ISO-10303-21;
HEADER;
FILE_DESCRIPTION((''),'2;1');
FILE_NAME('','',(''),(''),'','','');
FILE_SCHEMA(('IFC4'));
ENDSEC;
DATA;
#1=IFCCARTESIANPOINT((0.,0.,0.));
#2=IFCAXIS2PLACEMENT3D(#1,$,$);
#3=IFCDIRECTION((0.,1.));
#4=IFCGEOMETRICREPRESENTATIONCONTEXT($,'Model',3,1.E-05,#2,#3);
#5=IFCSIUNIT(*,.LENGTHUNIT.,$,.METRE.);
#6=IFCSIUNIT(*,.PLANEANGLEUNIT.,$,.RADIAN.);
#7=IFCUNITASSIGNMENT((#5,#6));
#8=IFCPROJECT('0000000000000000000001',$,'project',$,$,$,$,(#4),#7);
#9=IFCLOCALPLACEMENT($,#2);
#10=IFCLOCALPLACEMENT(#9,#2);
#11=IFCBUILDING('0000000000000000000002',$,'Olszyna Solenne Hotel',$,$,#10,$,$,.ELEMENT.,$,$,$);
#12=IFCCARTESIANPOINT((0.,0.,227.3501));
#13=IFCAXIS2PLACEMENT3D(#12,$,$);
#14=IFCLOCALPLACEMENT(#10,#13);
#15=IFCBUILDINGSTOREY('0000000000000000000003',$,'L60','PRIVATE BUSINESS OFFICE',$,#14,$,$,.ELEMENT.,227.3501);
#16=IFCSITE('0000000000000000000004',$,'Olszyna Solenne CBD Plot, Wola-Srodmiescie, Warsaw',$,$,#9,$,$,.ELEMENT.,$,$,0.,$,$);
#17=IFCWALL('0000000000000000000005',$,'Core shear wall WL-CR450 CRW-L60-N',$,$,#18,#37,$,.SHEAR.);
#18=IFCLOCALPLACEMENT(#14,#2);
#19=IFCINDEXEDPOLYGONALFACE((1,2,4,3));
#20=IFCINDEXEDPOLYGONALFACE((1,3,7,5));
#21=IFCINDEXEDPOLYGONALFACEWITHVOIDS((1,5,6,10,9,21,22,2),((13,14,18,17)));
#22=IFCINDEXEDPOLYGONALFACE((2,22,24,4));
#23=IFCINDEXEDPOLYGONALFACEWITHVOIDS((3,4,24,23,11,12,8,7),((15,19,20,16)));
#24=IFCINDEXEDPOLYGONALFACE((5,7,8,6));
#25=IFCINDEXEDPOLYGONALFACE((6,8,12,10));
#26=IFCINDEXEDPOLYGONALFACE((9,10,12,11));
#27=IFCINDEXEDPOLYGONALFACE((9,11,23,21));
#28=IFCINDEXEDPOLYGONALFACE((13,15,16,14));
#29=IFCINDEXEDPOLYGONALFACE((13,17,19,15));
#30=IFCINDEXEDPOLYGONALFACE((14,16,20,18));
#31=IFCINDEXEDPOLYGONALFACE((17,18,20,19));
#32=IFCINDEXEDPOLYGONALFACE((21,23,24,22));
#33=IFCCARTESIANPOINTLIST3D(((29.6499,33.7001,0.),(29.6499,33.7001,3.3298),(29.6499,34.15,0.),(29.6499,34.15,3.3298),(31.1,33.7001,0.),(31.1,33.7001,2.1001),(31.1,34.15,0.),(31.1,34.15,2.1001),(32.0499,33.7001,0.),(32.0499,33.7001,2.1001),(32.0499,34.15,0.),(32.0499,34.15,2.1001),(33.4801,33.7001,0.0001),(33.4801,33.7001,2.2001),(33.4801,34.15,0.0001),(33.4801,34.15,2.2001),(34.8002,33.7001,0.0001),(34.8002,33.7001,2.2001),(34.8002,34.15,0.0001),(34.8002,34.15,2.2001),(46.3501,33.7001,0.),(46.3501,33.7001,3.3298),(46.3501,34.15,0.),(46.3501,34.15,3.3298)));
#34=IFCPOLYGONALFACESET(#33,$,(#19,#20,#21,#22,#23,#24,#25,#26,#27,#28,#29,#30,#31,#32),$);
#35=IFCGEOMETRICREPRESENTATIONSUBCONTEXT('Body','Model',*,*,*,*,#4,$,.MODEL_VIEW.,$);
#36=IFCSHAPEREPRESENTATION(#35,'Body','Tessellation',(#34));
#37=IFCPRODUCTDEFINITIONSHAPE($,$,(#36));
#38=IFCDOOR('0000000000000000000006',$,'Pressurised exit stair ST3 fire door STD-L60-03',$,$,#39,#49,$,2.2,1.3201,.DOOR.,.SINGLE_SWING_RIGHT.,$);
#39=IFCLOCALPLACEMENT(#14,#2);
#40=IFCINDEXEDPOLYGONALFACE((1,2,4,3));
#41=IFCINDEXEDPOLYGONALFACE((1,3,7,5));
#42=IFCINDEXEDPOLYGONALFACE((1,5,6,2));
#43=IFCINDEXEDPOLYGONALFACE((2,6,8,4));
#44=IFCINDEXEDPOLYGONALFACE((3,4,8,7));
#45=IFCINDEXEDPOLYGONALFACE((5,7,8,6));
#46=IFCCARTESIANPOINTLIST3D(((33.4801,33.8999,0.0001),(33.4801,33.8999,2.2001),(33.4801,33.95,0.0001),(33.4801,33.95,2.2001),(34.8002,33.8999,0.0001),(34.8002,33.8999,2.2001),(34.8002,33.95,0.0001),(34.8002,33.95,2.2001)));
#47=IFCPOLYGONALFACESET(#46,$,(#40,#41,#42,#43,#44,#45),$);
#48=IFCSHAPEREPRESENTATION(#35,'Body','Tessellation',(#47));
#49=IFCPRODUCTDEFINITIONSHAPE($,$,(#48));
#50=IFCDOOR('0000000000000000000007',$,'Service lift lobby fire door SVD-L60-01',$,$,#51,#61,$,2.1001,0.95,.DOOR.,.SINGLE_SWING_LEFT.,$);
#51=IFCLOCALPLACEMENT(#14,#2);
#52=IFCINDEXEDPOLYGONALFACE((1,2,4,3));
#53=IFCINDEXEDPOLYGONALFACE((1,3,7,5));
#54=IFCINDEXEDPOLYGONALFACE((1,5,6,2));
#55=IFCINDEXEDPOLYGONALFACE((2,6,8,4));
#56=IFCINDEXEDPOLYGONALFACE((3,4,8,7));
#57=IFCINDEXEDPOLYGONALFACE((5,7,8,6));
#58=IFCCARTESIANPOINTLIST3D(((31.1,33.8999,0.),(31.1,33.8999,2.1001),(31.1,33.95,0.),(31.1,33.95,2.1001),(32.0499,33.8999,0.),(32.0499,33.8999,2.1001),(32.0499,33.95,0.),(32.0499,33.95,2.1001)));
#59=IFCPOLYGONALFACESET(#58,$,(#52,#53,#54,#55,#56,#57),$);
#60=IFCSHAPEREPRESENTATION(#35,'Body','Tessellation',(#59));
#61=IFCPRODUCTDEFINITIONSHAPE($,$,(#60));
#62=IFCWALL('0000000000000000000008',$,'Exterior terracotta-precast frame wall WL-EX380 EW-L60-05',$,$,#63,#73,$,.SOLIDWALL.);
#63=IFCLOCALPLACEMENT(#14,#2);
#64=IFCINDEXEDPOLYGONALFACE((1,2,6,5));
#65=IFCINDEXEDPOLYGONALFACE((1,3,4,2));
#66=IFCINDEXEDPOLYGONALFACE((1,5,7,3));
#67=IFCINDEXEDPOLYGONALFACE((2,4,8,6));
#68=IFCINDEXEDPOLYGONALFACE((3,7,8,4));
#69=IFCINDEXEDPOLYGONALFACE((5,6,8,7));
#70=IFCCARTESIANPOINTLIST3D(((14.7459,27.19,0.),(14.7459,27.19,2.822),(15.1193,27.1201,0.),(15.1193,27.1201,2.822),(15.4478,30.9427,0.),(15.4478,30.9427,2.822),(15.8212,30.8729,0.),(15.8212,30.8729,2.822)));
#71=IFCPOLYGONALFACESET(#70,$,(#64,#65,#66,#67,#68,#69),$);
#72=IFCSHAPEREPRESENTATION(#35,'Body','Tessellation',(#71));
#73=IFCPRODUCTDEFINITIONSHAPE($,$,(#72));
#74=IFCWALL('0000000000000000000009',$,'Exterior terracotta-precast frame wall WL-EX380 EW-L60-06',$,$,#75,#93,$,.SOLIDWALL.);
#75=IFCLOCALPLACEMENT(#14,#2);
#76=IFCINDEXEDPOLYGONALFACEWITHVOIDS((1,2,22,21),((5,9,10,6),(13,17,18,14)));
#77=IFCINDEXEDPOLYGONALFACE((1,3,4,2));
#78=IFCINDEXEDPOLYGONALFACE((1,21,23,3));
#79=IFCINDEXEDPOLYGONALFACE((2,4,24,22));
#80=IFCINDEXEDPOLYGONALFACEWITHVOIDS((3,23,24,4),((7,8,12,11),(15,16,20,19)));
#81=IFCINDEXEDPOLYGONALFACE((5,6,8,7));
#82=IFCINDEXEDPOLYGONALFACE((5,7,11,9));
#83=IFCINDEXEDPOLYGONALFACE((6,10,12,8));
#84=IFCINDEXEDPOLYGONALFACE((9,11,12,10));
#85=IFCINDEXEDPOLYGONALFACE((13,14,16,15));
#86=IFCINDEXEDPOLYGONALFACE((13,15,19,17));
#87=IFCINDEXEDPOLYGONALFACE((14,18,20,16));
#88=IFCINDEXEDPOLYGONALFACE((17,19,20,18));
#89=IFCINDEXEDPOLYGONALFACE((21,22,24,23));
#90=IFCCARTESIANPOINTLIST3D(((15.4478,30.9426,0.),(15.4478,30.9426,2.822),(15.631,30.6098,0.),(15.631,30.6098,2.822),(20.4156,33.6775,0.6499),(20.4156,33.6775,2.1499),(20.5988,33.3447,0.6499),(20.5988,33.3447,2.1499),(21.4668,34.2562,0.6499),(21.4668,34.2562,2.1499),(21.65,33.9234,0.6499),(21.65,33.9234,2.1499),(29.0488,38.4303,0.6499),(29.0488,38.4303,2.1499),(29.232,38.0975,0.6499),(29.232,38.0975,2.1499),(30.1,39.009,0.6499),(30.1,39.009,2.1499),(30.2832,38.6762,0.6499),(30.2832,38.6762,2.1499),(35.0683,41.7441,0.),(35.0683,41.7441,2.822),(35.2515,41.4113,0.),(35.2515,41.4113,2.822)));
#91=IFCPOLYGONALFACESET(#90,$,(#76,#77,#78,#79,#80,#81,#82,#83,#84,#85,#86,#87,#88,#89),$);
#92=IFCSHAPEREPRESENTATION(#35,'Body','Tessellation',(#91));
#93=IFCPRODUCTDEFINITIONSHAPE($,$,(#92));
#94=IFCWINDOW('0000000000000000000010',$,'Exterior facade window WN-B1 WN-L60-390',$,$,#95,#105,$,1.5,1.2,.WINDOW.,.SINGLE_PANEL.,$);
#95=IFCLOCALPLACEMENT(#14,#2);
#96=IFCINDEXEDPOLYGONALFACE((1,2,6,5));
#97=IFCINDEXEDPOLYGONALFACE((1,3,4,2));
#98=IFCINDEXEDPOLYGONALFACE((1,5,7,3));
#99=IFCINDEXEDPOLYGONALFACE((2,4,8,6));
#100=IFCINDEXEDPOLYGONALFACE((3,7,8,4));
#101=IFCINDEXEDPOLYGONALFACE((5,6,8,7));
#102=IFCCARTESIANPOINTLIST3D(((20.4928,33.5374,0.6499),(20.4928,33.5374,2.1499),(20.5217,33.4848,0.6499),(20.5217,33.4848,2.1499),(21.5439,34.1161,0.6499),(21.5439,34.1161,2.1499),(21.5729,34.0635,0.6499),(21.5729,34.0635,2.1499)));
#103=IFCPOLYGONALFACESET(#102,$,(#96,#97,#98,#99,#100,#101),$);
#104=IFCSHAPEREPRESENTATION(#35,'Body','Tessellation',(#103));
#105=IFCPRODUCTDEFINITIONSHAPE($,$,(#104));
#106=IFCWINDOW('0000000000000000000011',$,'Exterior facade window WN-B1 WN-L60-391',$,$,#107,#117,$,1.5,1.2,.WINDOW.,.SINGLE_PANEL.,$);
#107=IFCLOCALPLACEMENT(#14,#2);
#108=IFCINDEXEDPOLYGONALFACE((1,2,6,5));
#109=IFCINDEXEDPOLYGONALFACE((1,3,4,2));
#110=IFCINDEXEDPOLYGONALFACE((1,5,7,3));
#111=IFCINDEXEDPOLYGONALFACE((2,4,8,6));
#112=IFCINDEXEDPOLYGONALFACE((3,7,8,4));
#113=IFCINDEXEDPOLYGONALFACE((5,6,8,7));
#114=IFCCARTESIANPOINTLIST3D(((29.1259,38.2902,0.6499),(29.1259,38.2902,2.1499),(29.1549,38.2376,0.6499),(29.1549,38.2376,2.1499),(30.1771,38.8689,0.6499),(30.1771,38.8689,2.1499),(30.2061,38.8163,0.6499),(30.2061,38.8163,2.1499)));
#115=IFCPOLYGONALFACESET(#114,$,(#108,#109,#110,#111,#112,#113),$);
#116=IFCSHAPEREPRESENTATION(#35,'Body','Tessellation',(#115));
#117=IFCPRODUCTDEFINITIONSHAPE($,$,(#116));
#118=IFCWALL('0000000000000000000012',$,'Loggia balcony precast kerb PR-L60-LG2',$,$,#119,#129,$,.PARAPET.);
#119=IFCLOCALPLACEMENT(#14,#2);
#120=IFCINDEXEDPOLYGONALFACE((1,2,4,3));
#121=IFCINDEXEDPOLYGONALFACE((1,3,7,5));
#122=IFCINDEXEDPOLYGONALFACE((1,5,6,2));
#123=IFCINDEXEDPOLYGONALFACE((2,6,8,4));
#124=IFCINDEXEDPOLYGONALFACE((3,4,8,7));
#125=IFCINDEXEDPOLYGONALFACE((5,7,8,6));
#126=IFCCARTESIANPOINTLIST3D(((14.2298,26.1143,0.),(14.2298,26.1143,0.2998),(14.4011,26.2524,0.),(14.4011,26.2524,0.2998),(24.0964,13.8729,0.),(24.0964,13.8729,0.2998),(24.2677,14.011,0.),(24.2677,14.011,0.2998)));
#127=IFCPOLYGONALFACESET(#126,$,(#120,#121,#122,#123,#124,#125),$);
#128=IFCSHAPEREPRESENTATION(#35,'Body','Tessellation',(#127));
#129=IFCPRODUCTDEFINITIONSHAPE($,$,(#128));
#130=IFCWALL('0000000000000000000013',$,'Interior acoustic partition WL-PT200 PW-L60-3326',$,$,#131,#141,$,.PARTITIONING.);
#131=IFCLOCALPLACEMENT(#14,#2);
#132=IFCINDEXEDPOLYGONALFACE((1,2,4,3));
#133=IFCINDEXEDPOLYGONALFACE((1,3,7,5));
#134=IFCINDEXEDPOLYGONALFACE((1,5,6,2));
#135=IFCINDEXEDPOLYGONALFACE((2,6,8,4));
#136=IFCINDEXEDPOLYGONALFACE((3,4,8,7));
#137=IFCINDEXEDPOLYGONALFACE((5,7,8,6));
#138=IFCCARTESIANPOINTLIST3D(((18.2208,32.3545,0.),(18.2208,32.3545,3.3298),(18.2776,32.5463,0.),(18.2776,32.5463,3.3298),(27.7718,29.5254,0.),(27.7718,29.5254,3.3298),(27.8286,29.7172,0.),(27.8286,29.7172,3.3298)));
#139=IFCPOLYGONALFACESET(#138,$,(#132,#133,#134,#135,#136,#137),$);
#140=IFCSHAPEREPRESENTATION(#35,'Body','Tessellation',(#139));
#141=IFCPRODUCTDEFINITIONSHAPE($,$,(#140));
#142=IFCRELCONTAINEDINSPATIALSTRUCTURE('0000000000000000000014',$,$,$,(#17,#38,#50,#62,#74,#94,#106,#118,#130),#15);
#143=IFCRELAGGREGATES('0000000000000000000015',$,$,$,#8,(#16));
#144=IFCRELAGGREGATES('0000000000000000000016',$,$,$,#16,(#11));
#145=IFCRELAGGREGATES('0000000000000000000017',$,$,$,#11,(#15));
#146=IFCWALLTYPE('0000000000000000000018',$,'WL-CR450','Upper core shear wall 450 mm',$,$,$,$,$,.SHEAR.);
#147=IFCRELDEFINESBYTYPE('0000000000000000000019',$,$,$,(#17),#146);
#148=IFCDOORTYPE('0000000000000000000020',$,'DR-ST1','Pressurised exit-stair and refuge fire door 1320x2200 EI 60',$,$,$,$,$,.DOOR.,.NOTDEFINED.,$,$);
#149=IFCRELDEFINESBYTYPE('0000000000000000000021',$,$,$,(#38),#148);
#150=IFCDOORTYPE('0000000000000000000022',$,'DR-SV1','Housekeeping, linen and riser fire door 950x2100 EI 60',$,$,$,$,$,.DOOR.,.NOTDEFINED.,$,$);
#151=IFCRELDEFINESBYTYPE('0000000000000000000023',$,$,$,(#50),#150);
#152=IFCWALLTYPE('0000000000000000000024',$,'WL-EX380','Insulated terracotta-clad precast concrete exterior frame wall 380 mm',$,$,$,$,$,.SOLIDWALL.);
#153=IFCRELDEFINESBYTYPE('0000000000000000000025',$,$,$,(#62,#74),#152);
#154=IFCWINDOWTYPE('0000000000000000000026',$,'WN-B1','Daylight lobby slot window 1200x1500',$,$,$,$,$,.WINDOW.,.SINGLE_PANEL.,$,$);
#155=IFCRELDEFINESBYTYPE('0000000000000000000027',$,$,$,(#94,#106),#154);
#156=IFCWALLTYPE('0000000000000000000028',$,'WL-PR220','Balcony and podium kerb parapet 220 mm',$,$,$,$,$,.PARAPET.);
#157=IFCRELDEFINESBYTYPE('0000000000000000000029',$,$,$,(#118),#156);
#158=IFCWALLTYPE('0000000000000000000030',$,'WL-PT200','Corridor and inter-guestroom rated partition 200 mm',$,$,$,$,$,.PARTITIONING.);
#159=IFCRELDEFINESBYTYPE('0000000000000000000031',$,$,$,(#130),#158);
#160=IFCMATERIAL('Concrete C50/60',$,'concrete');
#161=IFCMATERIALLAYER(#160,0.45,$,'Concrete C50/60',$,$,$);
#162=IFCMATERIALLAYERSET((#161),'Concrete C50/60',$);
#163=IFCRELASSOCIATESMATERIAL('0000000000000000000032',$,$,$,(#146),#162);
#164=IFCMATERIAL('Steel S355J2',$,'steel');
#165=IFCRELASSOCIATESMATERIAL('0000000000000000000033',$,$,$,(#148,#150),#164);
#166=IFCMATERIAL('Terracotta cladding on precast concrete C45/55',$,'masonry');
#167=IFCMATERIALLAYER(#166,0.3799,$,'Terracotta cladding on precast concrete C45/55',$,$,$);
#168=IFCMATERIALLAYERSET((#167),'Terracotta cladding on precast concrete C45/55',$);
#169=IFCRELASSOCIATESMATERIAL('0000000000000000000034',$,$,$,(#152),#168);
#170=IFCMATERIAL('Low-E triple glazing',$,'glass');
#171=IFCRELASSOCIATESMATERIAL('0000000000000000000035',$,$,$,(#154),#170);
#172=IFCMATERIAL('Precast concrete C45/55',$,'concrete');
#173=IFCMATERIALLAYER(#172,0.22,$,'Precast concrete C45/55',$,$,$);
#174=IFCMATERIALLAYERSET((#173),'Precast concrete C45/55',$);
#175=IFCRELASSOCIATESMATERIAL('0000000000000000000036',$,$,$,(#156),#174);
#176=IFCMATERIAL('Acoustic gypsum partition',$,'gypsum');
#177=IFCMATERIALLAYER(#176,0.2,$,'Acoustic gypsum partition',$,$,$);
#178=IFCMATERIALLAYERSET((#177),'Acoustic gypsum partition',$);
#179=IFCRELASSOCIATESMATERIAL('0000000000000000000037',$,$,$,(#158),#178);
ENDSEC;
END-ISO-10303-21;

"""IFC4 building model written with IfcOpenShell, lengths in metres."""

from ifc_helpers import new_model, si_unit, direction, frame, frame_2d, origin, place, context, subcontext, project, spatial, rectangle, extrude, source, transform, mapped, material, layer, layer_set, type_object, type_shapes, element, fill, save


model = new_model("IFC4")

# Units and contexts
model_context = context("Model", 3, precision=1e-05, world=origin(), true_north=direction((0.0, 1.0)))
body_context = subcontext(model_context, "Body", "Model", "MODEL_VIEW")
ifc_project = project(units=[si_unit("LENGTHUNIT", "METRE"), si_unit("PLANEANGLEUNIT", "RADIAN")], contexts=[model_context])

# Site, building, storey
site_placement = place(None, origin())
site = spatial("IfcSite", under=ifc_project, at=site_placement, Name="Olszyna Solenne CBD Plot, Wola-Srodmiescie, Warsaw", CompositionType="ELEMENT", RefElevation=0.0)
building_placement = place(site_placement, origin())
building = spatial("IfcBuilding", under=site, at=building_placement, Name="Olszyna Solenne Hotel", CompositionType="ELEMENT")
storey_placement = place(building_placement, frame((0.0, 0.0, 227.3501)))
storey = spatial("IfcBuildingStorey", under=building, at=storey_placement, Name="L60", Description="PRIVATE BUSINESS OFFICE", CompositionType="ELEMENT", Elevation=227.3501)

# Shared definitions
ifc_material_1 = material(Name="Steel S355J2", Category="steel")

# Wall, openings, doors
ifc_material_2 = material(Name="Concrete C50/60", Category="concrete")
ifc_layer_1 = layer(ifc_material_2, 0.45, Name="Concrete C50/60")
ifc_layer_set_1 = layer_set([ifc_layer_1], Name="Concrete C50/60")
wall_type_1 = type_object("IfcWallType", Name="WL-CR450", Description="Upper core shear wall 450 mm", PredefinedType="SHEAR", material=ifc_layer_set_1)
wall_1_placement = place(storey_placement, frame((29.6499, 33.925, 0.0), z_axis=(0.0, 0.0, 1.0), x_axis=(1.0, 0.0, 0.0)))
wall_1 = element("IfcWall", 1, at=wall_1_placement, inside=storey, type_object=wall_type_1, Name="Core shear wall WL-CR450 CRW-L60-N", PredefinedType="SHEAR", context=body_context, shape_type="SweptSolid", body=[
    extrude(rectangle(XDim=16.7002, YDim=0.45, at=frame_2d((8.3501, 0.0))), origin(), (0.0, 0.0, 1.0), 3.3298),
])
opening_1_placement = place(wall_1_placement, frame((1.45, 0.0, 0.0)))
opening_1 = element("IfcOpeningElement", 2, at=opening_1_placement, cuts=wall_1, PredefinedType="OPENING", context=body_context, shape_type="SweptSolid", body=[
    extrude(rectangle(XDim=0.95, YDim=2.1001, at=frame_2d((0.4751, 1.05))), frame((0.0, 0.2349, 0.0), z_axis=(0.0, -1.0, 0.0), x_axis=(1.0, 0.0, 0.0)), (0.0, 0.0, 1.0), 0.47),
])
opening_2_placement = place(wall_1_placement, frame((3.8301, 0.0, 0.0)))
opening_2 = element("IfcOpeningElement", 3, at=opening_2_placement, cuts=wall_1, PredefinedType="OPENING", context=body_context, shape_type="SweptSolid", body=[
    extrude(rectangle(XDim=1.3201, YDim=2.2, at=frame_2d((0.6602, 1.1001))), frame((0.0, 0.2349, 0.0), z_axis=(0.0, -1.0, 0.0), x_axis=(1.0, 0.0, 0.0)), (0.0, 0.0, 1.0), 0.47),
])
door_type_1 = type_object("IfcDoorType", Name="DR-ST1", Description="Pressurised exit-stair and refuge fire door 1320x2200 EI 60", OperationType="NOTDEFINED", PredefinedType="DOOR", material=ifc_material_1)
shared_shape_1 = source(origin(), body_context, "Body", "SweptSolid", [
    extrude(rectangle(XDim=1.3201, YDim=2.2, at=frame_2d((0.6602, 1.1001))), frame((0.0, 0.0249, 0.0), z_axis=(0.0, -1.0, 0.0), x_axis=(1.0, 0.0, 0.0)), (0.0, 0.0, 1.0), 0.05),
])
type_shapes(door_type_1, [shared_shape_1])
door_1_placement = place(opening_2_placement, origin())
door_1 = element("IfcDoor", 4, at=door_1_placement, inside=storey, type_object=door_type_1, Name="Pressurised exit stair ST3 fire door STD-L60-03", OperationType="SINGLE_SWING_RIGHT", OverallHeight=2.2, OverallWidth=1.3201, PredefinedType="DOOR", context=body_context, shape_type="MappedRepresentation", body=[
    mapped(shared_shape_1, transform((0.0, 0.0, 0.0), x_axis=(1.0, 0.0, 0.0), y_axis=(0.0, 1.0, 0.0), z_axis=(0.0, 0.0, 1.0), scale=1.0)),
])
fill(opening_2, door_1)
door_type_2 = type_object("IfcDoorType", Name="DR-SV1", Description="Housekeeping, linen and riser fire door 950x2100 EI 60", OperationType="NOTDEFINED", PredefinedType="DOOR", material=ifc_material_1)
shared_shape_2 = source(origin(), body_context, "Body", "SweptSolid", [
    extrude(rectangle(XDim=0.95, YDim=2.1001, at=frame_2d((0.4751, 1.05))), frame((0.0, 0.0249, 0.0), z_axis=(0.0, -1.0, 0.0), x_axis=(1.0, 0.0, 0.0)), (0.0, 0.0, 1.0), 0.05),
])
type_shapes(door_type_2, [shared_shape_2])
door_2_placement = place(opening_1_placement, origin())
door_2 = element("IfcDoor", 5, at=door_2_placement, inside=storey, type_object=door_type_2, Name="Service lift lobby fire door SVD-L60-01", OperationType="SINGLE_SWING_LEFT", OverallHeight=2.1001, OverallWidth=0.95, PredefinedType="DOOR", context=body_context, shape_type="MappedRepresentation", body=[
    mapped(shared_shape_2, transform((0.0, 0.0, 0.0), x_axis=(1.0, 0.0, 0.0), y_axis=(0.0, 1.0, 0.0), z_axis=(0.0, 0.0, 1.0), scale=1.0)),
])
fill(opening_1, door_2)

# Wall
ifc_material_3 = material(Name="Terracotta cladding on precast concrete C45/55", Category="masonry")
ifc_layer_2 = layer(ifc_material_3, 0.3799, Name="Terracotta cladding on precast concrete C45/55")
ifc_layer_set_2 = layer_set([ifc_layer_2], Name="Terracotta cladding on precast concrete C45/55")
wall_type_2 = type_object("IfcWallType", Name="WL-EX380", Description="Insulated terracotta-clad precast concrete exterior frame wall 380 mm", PredefinedType="SOLIDWALL", material=ifc_layer_set_2)
wall_2_placement = place(storey_placement, frame((14.9326, 27.155, 0.0), z_axis=(0.0, 0.0, 1.0), x_axis=(0.183852, 0.982954, 0.0)))
element("IfcWall", 6, at=wall_2_placement, inside=storey, type_object=wall_type_2, Name="Exterior terracotta-precast frame wall WL-EX380 EW-L60-05", PredefinedType="SOLIDWALL", context=body_context, shape_type="SweptSolid", body=[
    extrude(rectangle(XDim=3.8179, YDim=0.3799, at=frame_2d((1.9089, 0.0))), origin(), (0.0, 0.0, 1.0), 2.822),
])

# Wall, openings, windows
wall_3_placement = place(storey_placement, frame((15.5393, 30.7761, 0.0), z_axis=(0.0, 0.0, 1.0), x_axis=(0.876021, 0.482272, 0.0)))
wall_3 = element("IfcWall", 7, at=wall_3_placement, inside=storey, type_object=wall_type_2, Name="Exterior terracotta-precast frame wall WL-EX380 EW-L60-06", PredefinedType="SOLIDWALL", context=body_context, shape_type="SweptSolid", body=[
    extrude(rectangle(XDim=22.3972, YDim=0.3799, at=frame_2d((11.1987, 0.0))), origin(), (0.0, 0.0, 1.0), 2.822),
])
opening_3_placement = place(wall_3_placement, frame((5.6709, 0.0, 0.6499)))
opening_3 = element("IfcOpeningElement", 8, at=opening_3_placement, cuts=wall_3, PredefinedType="OPENING", context=body_context, shape_type="SweptSolid", body=[
    extrude(rectangle(XDim=1.2, YDim=1.5, at=frame_2d((0.6001, 0.75))), frame((0.0, 0.2, 0.0), z_axis=(0.0, -1.0, 0.0), x_axis=(1.0, 0.0, 0.0)), (0.0, 0.0, 1.0), 0.3999),
])
opening_4_placement = place(wall_3_placement, frame((15.5259, 0.0, 0.6499)))
opening_4 = element("IfcOpeningElement", 9, at=opening_4_placement, cuts=wall_3, PredefinedType="OPENING", context=body_context, shape_type="SweptSolid", body=[
    extrude(rectangle(XDim=1.2, YDim=1.5, at=frame_2d((0.6001, 0.75))), frame((0.0, 0.2, 0.0), z_axis=(0.0, -1.0, 0.0), x_axis=(1.0, 0.0, 0.0)), (0.0, 0.0, 1.0), 0.3999),
])
ifc_material_4 = material(Name="Low-E triple glazing", Category="glass")
window_type = type_object("IfcWindowType", Name="WN-B1", Description="Daylight lobby slot window 1200x1500", PartitioningType="SINGLE_PANEL", PredefinedType="WINDOW", material=ifc_material_4)
shared_shape_3 = source(origin(), body_context, "Body", "SweptSolid", [
    extrude(rectangle(XDim=1.2, YDim=1.5, at=frame_2d((0.6001, 0.75))), frame((0.0, 0.03, 0.0), z_axis=(0.0, -1.0, 0.0), x_axis=(1.0, 0.0, 0.0)), (0.0, 0.0, 1.0), 0.0601),
])
type_shapes(window_type, [shared_shape_3])
window_1_placement = place(opening_3_placement, origin())
window_1 = element("IfcWindow", 10, at=window_1_placement, inside=storey, type_object=window_type, Name="Exterior facade window WN-B1 WN-L60-390", OverallHeight=1.5, OverallWidth=1.2, PartitioningType="SINGLE_PANEL", PredefinedType="WINDOW", context=body_context, shape_type="MappedRepresentation", body=[
    mapped(shared_shape_3, transform((0.0, 0.0, 0.0), x_axis=(1.0, 0.0, 0.0), y_axis=(0.0, 1.0, 0.0), z_axis=(0.0, 0.0, 1.0), scale=1.0)),
])
fill(opening_3, window_1)
window_2_placement = place(opening_4_placement, origin())
window_2 = element("IfcWindow", 11, at=window_2_placement, inside=storey, type_object=window_type, Name="Exterior facade window WN-B1 WN-L60-391", OverallHeight=1.5, OverallWidth=1.2, PartitioningType="SINGLE_PANEL", PredefinedType="WINDOW", context=body_context, shape_type="MappedRepresentation", body=[
    mapped(shared_shape_3, transform((0.0, 0.0, 0.0), x_axis=(1.0, 0.0, 0.0), y_axis=(0.0, 1.0, 0.0), z_axis=(0.0, 0.0, 1.0), scale=1.0)),
])
fill(opening_4, window_2)

# Walls
ifc_material_5 = material(Name="Precast concrete C45/55", Category="concrete")
ifc_layer_3 = layer(ifc_material_5, 0.22, Name="Precast concrete C45/55")
ifc_layer_set_3 = layer_set([ifc_layer_3], Name="Precast concrete C45/55")
wall_type_3 = type_object("IfcWallType", Name="WL-PR220", Description="Balcony and podium kerb parapet 220 mm", PredefinedType="PARAPET", material=ifc_layer_set_3)
wall_4_placement = place(storey_placement, frame((14.3154, 26.1833, 0.0), z_axis=(0.0, 0.0, 1.0), x_axis=(0.627543, -0.778582, 0.0)))
element("IfcWall", 12, at=wall_4_placement, inside=storey, type_object=wall_type_3, Name="Loggia balcony precast kerb PR-L60-LG2", PredefinedType="PARAPET", context=body_context, shape_type="SweptSolid", body=[
    extrude(rectangle(XDim=15.7227, YDim=0.22, at=frame_2d((7.8613, 0.0))), origin(), (0.0, 0.0, 1.0), 0.2998),
])
ifc_material_6 = material(Name="Acoustic gypsum partition", Category="gypsum")
ifc_layer_4 = layer(ifc_material_6, 0.2, Name="Acoustic gypsum partition")
ifc_layer_set_4 = layer_set([ifc_layer_4], Name="Acoustic gypsum partition")
wall_type_4 = type_object("IfcWallType", Name="WL-PT200", Description="Corridor and inter-guestroom rated partition 200 mm", PredefinedType="PARTITIONING", material=ifc_layer_set_4)
wall_5_placement = place(storey_placement, frame((27.8, 29.6213, 0.0), z_axis=(0.0, 0.0, 1.0), x_axis=(-0.958821, 0.284012, 0.0)))
element("IfcWall", 13, at=wall_5_placement, inside=storey, type_object=wall_type_4, Name="Interior acoustic partition WL-PT200 PW-L60-3326", PredefinedType="PARTITIONING", context=body_context, shape_type="SweptSolid", body=[
    extrude(rectangle(XDim=9.9612, YDim=0.2, at=frame_2d((4.9805, 0.0))), origin(), (0.0, 0.0, 1.0), 3.3298),
])

save(model, "model.ifc")
